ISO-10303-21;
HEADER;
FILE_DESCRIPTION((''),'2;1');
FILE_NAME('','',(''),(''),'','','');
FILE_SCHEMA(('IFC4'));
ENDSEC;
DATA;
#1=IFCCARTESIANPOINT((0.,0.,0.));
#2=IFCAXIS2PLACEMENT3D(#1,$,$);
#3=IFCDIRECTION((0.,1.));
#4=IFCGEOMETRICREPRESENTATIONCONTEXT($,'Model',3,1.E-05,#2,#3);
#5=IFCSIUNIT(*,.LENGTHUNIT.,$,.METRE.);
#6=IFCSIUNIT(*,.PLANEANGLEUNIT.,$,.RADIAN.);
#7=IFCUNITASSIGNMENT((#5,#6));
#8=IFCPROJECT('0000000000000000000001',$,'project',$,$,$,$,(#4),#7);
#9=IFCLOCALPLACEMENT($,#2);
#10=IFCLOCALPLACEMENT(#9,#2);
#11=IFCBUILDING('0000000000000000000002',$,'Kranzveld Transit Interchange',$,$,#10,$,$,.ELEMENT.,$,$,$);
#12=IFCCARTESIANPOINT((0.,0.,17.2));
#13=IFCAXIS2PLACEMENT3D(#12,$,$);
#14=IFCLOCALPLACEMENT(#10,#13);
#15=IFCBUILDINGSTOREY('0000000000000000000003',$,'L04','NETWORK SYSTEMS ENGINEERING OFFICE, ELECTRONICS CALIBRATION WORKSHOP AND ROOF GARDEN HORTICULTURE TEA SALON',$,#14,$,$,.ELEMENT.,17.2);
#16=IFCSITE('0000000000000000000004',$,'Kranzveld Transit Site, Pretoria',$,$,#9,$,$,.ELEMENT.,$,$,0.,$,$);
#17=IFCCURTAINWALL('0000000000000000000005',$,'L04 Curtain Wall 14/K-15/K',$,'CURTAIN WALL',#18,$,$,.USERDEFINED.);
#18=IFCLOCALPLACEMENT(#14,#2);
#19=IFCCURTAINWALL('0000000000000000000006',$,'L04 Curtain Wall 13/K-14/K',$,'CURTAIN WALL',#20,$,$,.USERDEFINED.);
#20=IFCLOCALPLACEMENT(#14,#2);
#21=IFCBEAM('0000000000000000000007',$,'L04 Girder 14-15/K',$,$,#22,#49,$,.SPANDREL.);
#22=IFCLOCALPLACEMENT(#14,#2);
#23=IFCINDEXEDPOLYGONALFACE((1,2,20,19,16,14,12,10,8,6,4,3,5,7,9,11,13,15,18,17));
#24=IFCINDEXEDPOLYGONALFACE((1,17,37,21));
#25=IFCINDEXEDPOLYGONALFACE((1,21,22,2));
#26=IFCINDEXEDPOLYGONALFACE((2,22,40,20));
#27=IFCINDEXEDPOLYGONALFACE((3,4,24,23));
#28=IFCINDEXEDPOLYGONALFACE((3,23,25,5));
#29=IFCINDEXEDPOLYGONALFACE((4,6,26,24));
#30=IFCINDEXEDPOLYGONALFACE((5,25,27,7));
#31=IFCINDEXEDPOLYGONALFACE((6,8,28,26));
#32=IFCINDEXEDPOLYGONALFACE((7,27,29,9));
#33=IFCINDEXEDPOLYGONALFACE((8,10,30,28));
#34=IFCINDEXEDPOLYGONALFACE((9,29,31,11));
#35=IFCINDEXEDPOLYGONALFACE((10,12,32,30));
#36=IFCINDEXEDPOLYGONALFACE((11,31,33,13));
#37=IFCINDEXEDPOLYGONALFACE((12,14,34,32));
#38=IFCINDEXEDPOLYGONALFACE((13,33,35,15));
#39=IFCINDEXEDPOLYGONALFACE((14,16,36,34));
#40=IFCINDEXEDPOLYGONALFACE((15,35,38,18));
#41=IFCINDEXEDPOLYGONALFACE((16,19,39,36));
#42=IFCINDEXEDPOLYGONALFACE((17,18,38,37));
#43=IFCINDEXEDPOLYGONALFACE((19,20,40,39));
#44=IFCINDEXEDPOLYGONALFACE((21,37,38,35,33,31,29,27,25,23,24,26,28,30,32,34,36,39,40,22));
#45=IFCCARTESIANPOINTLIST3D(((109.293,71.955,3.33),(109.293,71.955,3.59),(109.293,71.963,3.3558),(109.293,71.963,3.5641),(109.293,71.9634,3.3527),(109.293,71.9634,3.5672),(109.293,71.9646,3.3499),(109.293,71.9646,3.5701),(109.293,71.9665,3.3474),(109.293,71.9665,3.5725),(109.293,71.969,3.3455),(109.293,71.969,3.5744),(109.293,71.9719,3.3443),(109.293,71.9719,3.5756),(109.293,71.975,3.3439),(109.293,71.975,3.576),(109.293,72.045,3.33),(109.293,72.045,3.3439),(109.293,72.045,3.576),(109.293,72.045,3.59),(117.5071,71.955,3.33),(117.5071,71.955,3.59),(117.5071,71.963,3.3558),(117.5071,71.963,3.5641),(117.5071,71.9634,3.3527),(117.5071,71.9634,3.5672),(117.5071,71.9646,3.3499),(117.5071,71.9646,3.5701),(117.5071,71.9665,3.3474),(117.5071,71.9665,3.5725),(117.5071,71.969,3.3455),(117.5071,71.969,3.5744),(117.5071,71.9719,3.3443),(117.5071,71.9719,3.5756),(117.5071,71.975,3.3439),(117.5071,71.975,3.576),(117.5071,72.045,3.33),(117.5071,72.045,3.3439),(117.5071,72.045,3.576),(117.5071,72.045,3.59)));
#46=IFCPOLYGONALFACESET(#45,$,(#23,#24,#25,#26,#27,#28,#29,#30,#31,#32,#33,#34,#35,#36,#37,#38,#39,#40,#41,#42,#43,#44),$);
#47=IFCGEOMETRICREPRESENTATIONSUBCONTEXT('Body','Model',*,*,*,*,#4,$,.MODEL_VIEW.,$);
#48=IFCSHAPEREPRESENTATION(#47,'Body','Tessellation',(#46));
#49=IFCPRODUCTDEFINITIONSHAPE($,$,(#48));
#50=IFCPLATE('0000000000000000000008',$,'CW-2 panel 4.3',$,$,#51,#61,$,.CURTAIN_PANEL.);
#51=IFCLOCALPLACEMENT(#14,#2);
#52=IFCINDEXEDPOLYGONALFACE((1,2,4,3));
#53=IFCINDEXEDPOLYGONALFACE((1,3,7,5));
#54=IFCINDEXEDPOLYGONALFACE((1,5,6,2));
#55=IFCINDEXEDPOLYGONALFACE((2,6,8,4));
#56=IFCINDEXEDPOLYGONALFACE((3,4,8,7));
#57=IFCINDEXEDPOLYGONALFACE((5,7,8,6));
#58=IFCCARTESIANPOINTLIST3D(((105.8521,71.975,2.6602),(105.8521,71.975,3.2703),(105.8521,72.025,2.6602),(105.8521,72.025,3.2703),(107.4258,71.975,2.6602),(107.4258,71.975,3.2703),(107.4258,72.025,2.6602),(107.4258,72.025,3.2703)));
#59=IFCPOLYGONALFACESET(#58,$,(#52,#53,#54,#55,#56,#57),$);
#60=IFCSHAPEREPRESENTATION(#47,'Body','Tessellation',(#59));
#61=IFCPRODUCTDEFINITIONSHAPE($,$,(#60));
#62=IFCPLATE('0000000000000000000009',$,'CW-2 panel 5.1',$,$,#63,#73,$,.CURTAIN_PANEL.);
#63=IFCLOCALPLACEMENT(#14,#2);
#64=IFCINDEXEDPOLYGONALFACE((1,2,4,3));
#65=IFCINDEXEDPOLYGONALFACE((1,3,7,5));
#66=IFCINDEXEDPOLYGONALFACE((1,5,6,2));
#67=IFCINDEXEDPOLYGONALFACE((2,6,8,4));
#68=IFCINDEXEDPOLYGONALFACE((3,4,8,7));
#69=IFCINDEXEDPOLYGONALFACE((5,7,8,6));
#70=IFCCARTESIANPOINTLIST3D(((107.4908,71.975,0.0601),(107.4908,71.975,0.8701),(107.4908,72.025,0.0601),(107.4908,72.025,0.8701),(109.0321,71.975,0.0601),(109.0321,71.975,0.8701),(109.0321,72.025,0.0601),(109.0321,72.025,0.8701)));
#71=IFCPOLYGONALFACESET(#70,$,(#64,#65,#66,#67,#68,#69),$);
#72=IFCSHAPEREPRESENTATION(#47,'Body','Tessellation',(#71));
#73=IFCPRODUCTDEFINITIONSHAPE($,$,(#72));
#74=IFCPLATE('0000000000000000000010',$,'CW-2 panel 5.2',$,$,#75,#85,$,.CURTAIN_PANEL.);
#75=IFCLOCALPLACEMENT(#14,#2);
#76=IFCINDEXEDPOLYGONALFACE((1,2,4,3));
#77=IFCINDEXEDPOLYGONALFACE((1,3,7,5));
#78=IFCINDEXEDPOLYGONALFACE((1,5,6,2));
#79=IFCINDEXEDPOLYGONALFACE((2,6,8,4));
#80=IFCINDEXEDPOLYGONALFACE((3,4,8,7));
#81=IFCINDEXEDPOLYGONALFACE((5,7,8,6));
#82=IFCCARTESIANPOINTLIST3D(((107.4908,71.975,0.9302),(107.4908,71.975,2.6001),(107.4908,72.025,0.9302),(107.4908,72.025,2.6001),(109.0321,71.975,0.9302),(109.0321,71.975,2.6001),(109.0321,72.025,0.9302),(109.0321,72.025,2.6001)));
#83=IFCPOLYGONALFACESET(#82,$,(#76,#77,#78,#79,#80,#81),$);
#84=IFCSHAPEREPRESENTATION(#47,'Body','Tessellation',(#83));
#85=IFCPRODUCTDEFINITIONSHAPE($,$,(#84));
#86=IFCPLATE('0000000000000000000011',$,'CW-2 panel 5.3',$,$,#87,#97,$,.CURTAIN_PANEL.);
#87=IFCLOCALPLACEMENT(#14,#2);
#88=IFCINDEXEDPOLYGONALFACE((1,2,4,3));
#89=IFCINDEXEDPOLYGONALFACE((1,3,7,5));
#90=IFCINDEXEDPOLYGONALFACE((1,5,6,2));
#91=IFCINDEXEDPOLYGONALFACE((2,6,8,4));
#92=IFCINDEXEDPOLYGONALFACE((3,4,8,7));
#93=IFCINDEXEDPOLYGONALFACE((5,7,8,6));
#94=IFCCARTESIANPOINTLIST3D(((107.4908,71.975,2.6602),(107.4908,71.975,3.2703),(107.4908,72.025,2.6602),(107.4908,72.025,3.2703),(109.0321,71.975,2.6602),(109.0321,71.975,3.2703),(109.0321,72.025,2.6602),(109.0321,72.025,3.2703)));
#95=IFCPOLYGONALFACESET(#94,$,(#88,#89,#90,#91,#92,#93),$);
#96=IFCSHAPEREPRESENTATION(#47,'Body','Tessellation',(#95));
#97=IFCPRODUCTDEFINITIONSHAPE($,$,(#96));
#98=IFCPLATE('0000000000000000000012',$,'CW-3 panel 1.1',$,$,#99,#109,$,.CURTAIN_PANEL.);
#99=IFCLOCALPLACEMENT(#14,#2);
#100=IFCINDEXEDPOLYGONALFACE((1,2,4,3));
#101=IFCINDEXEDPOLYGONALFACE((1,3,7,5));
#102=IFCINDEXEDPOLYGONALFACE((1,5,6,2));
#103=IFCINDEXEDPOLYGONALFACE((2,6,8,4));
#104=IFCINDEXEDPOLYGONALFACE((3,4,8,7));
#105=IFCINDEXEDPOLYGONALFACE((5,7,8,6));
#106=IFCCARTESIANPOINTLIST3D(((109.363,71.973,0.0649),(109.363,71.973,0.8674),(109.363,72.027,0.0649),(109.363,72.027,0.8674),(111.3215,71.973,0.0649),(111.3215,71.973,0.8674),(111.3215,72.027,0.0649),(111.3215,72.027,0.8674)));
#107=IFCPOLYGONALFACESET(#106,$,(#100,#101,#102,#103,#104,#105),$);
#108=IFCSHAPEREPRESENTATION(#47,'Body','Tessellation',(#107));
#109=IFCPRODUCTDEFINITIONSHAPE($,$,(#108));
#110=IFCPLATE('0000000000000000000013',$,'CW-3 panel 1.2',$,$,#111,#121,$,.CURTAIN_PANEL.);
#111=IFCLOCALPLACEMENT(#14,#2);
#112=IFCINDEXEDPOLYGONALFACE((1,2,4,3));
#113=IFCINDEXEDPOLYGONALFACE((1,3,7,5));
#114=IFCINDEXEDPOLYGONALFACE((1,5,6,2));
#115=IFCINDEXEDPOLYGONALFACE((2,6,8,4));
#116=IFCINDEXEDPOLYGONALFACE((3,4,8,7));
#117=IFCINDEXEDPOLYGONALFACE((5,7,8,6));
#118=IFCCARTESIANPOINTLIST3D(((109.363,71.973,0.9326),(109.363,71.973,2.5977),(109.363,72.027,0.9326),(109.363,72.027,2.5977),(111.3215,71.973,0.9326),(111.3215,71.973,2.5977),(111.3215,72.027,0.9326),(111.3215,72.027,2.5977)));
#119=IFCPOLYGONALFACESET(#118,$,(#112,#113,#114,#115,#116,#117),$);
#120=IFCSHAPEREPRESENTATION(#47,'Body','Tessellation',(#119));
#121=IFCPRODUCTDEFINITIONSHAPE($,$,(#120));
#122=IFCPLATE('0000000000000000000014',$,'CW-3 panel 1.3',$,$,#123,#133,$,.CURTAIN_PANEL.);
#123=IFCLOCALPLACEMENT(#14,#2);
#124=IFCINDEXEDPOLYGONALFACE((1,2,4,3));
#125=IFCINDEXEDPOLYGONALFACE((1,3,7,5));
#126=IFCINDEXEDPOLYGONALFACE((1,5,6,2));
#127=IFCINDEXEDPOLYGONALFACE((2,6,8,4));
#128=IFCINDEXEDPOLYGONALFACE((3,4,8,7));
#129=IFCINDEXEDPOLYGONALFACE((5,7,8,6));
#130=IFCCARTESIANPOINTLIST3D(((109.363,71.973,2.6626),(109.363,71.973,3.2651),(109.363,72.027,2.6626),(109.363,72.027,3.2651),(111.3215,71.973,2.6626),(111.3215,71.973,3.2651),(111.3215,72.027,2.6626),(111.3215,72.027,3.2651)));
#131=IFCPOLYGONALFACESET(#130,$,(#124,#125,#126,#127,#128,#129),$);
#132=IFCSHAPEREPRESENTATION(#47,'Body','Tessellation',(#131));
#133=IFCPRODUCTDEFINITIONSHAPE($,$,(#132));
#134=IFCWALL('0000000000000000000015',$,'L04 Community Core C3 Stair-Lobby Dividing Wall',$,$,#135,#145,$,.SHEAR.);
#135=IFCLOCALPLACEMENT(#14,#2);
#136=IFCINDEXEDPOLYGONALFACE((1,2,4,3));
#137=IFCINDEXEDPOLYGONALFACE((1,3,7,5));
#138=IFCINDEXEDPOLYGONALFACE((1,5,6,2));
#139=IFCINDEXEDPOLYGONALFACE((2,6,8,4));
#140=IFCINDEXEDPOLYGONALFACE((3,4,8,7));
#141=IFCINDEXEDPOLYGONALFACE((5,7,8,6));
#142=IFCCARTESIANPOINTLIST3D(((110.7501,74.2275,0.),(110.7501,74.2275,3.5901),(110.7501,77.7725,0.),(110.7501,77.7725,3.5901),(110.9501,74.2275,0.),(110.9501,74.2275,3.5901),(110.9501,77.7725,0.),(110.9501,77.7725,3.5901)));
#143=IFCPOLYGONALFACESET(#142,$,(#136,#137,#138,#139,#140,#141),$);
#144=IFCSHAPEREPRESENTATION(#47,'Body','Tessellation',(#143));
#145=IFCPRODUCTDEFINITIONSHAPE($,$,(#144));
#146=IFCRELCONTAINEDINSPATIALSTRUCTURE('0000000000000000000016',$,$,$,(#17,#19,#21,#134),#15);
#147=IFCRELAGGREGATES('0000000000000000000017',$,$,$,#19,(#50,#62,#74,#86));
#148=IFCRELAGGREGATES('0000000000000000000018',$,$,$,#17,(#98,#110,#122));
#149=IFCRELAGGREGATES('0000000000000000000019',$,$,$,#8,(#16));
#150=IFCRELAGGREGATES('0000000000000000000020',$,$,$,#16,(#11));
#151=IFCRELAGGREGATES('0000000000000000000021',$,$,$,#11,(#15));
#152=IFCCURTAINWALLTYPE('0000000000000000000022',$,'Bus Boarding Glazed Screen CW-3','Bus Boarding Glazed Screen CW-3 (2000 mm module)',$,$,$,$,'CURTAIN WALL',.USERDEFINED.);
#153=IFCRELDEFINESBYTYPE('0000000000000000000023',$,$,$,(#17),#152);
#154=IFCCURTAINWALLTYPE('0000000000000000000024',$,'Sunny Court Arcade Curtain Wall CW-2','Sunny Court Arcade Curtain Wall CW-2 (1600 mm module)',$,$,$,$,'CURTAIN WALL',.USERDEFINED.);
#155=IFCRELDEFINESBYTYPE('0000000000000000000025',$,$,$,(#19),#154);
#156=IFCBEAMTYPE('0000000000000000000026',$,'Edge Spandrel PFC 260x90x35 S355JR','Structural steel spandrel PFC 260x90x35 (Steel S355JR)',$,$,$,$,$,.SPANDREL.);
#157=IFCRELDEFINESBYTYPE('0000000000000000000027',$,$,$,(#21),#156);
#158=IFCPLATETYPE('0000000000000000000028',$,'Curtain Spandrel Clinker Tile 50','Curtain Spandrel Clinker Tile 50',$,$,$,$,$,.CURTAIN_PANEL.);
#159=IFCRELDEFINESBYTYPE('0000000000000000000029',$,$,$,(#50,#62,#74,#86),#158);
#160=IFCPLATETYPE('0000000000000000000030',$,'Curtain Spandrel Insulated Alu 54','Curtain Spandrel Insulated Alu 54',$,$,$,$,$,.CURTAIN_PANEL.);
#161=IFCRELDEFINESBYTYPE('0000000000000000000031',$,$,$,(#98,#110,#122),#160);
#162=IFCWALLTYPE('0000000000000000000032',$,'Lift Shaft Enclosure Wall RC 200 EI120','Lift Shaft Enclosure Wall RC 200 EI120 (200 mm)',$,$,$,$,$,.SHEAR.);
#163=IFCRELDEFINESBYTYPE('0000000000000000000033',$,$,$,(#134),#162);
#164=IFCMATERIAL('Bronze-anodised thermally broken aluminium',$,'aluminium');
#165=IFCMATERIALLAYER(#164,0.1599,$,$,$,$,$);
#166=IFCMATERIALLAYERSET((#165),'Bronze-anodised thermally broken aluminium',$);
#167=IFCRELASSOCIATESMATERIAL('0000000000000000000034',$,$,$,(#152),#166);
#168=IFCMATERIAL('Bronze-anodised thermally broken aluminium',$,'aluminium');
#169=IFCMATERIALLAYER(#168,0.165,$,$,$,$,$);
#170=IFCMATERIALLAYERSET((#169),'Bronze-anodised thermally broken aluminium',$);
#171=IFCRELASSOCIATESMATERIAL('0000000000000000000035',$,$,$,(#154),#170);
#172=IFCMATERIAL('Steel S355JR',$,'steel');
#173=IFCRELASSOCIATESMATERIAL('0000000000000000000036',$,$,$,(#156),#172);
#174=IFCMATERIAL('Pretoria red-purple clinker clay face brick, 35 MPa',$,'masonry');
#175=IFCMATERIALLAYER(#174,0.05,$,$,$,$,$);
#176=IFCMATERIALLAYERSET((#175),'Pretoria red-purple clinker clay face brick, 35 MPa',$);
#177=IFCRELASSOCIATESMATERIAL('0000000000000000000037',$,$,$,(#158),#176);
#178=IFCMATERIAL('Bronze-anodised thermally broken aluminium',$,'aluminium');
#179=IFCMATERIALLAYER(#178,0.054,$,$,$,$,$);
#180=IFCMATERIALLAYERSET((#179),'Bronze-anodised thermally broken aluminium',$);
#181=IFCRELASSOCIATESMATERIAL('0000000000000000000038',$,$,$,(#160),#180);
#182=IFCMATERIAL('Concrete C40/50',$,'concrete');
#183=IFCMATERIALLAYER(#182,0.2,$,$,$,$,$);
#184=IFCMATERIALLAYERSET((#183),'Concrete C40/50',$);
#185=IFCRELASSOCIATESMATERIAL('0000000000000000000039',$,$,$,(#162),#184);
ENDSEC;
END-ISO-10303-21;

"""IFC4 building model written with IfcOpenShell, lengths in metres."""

from ifc_helpers import new_model, si_unit, direction, frame, frame_2d, origin, origin_2d, place, context, subcontext, project, spatial, rectangle, u_section, extrude, material, layer, layer_set, material_profile, profile_set, type_object, element, aggregate, save


model = new_model("IFC4")

# Units and contexts
model_context = context("Model", 3, precision=1e-05, world=origin(), true_north=direction((0.0, 1.0)))
body_context = subcontext(model_context, "Body", "Model", "MODEL_VIEW")
ifc_project = project(units=[si_unit("LENGTHUNIT", "METRE"), si_unit("PLANEANGLEUNIT", "RADIAN")], contexts=[model_context])

# Site, building, storey
site_placement = place(None, origin())
site = spatial("IfcSite", under=ifc_project, at=site_placement, Name="Kranzveld Transit Site, Pretoria", CompositionType="ELEMENT", RefElevation=0.0)
building_placement = place(site_placement, origin())
building = spatial("IfcBuilding", under=site, at=building_placement, Name="Kranzveld Transit Interchange", CompositionType="ELEMENT")
storey_placement = place(building_placement, frame((0.0, 0.0, 17.2)))
storey = spatial("IfcBuildingStorey", under=building, at=storey_placement, Name="L04", Description="NETWORK SYSTEMS ENGINEERING OFFICE, ELECTRONICS CALIBRATION WORKSHOP AND ROOF GARDEN HORTICULTURE TEA SALON", CompositionType="ELEMENT", Elevation=17.2)

# Curtain walls
ifc_material_1 = material(Name="Bronze-anodised thermally broken aluminium", Category="aluminium")
ifc_layer_1 = layer(ifc_material_1, 0.1599)
ifc_layer_set_1 = layer_set([ifc_layer_1], Name="Bronze-anodised thermally broken aluminium")
curtain_wall_type_1 = type_object("IfcCurtainWallType", Name="Bus Boarding Glazed Screen CW-3", Description="Bus Boarding Glazed Screen CW-3 (2000 mm module)", ElementType="CURTAIN WALL", PredefinedType="USERDEFINED", material=ifc_layer_set_1)
curtain_wall_1_placement = place(storey_placement, origin())
curtain_wall_1 = element("IfcCurtainWall", 1, at=curtain_wall_1_placement, inside=storey, type_object=curtain_wall_type_1, Name="L04 Curtain Wall 14/K-15/K", ObjectType="CURTAIN WALL", PredefinedType="USERDEFINED")
ifc_material_2 = material(Name="Bronze-anodised thermally broken aluminium", Category="aluminium")
ifc_layer_2 = layer(ifc_material_2, 0.165)
ifc_layer_set_2 = layer_set([ifc_layer_2], Name="Bronze-anodised thermally broken aluminium")
curtain_wall_type_2 = type_object("IfcCurtainWallType", Name="Sunny Court Arcade Curtain Wall CW-2", Description="Sunny Court Arcade Curtain Wall CW-2 (1600 mm module)", ElementType="CURTAIN WALL", PredefinedType="USERDEFINED", material=ifc_layer_set_2)
curtain_wall_2_placement = place(storey_placement, origin())
curtain_wall_2 = element("IfcCurtainWall", 2, at=curtain_wall_2_placement, inside=storey, type_object=curtain_wall_type_2, Name="L04 Curtain Wall 13/K-14/K", ObjectType="CURTAIN WALL", PredefinedType="USERDEFINED")

# Beam
ifc_material_3 = material(Name="Steel S355JR", Category="steel")
ifc_material_profile_1 = material_profile(ifc_material_3, u_section(Depth=0.26, FlangeWidth=0.0901, WebThickness=0.0081, FlangeThickness=0.0139, FilletRadius=0.012, at=origin_2d()), Name="PFC 260x90x35")
ifc_profile_set_1 = profile_set([ifc_material_profile_1], Name="Steel S355JR")
beam_type_1 = type_object("IfcBeamType", Name="Edge Spandrel PFC 260x90x35 S355JR", Description="Structural steel spandrel PFC 260x90x35 (Steel S355JR)", PredefinedType="SPANDREL", material=ifc_profile_set_1)
beam_1_placement = place(storey_placement, frame((109.293, 72.0, 3.46), z_axis=(1.0, 0.0, 0.0), x_axis=(0.0, 1.0, 0.0)))
element("IfcBeam", 3, at=beam_1_placement, inside=storey, type_object=beam_type_1, Name="L04 Girder 14-15/K", PredefinedType="SPANDREL", context=body_context, shape_type="SweptSolid", body=[
    extrude(u_section(Depth=0.26, FlangeWidth=0.0901, WebThickness=0.0081, FlangeThickness=0.0139, FilletRadius=0.012, at=origin_2d()), origin(), (0.0, 0.0, 1.0), 8.2141),
])

# Plates
ifc_material_4 = material(Name="Pretoria red-purple clinker clay face brick, 35 MPa", Category="masonry")
ifc_layer_3 = layer(ifc_material_4, 0.05)
ifc_layer_set_3 = layer_set([ifc_layer_3], Name="Pretoria red-purple clinker clay face brick, 35 MPa")
plate_type_1 = type_object("IfcPlateType", Name="Curtain Spandrel Clinker Tile 50", Description="Curtain Spandrel Clinker Tile 50", PredefinedType="CURTAIN_PANEL", material=ifc_layer_set_3)
plate_1_placement = place(storey_placement, frame((106.6389, 72.0, 2.6602), z_axis=(0.0, 0.0, 1.0), x_axis=(1.0, 0.0, 0.0)))
plate_1 = element("IfcPlate", 4, at=plate_1_placement, type_object=plate_type_1, Name="CW-2 panel 4.3", PredefinedType="CURTAIN_PANEL", context=body_context, shape_type="SweptSolid", body=[
    extrude(rectangle(XDim=1.5737, YDim=0.05, at=origin_2d()), origin(), (0.0, 0.0, 1.0), 0.6101),
])
plate_2_placement = place(storey_placement, frame((108.2615, 72.0, 0.0601), z_axis=(0.0, 0.0, 1.0), x_axis=(1.0, 0.0, 0.0)))
plate_2 = element("IfcPlate", 5, at=plate_2_placement, type_object=plate_type_1, Name="CW-2 panel 5.1", PredefinedType="CURTAIN_PANEL", context=body_context, shape_type="SweptSolid", body=[
    extrude(rectangle(XDim=1.5413, YDim=0.05, at=origin_2d()), origin(), (0.0, 0.0, 1.0), 0.8101),
])
plate_3_placement = place(storey_placement, frame((108.2615, 72.0, 0.9302), z_axis=(0.0, 0.0, 1.0), x_axis=(1.0, 0.0, 0.0)))
plate_3 = element("IfcPlate", 6, at=plate_3_placement, type_object=plate_type_1, Name="CW-2 panel 5.2", PredefinedType="CURTAIN_PANEL", context=body_context, shape_type="SweptSolid", body=[
    extrude(rectangle(XDim=1.5413, YDim=0.05, at=origin_2d()), origin(), (0.0, 0.0, 1.0), 1.6699),
])
plate_4_placement = place(storey_placement, frame((108.2615, 72.0, 2.6602), z_axis=(0.0, 0.0, 1.0), x_axis=(1.0, 0.0, 0.0)))
plate_4 = element("IfcPlate", 7, at=plate_4_placement, type_object=plate_type_1, Name="CW-2 panel 5.3", PredefinedType="CURTAIN_PANEL", context=body_context, shape_type="SweptSolid", body=[
    extrude(rectangle(XDim=1.5413, YDim=0.05, at=origin_2d()), origin(), (0.0, 0.0, 1.0), 0.6101),
])
aggregate(curtain_wall_2, [plate_1, plate_2, plate_3, plate_4])
ifc_material_5 = material(Name="Bronze-anodised thermally broken aluminium", Category="aluminium")
ifc_layer_4 = layer(ifc_material_5, 0.054)
ifc_layer_set_4 = layer_set([ifc_layer_4], Name="Bronze-anodised thermally broken aluminium")
plate_type_2 = type_object("IfcPlateType", Name="Curtain Spandrel Insulated Alu 54", Description="Curtain Spandrel Insulated Alu 54", PredefinedType="CURTAIN_PANEL", material=ifc_layer_set_4)
plate_5_placement = place(storey_placement, frame((110.3423, 72.0, 0.0649), z_axis=(0.0, 0.0, 1.0), x_axis=(1.0, 0.0, 0.0)))
plate_5 = element("IfcPlate", 8, at=plate_5_placement, type_object=plate_type_2, Name="CW-3 panel 1.1", PredefinedType="CURTAIN_PANEL", context=body_context, shape_type="SweptSolid", body=[
    extrude(rectangle(XDim=1.9585, YDim=0.054, at=origin_2d()), origin(), (0.0, 0.0, 1.0), 0.8025),
])
plate_6_placement = place(storey_placement, frame((110.3423, 72.0, 0.9326), z_axis=(0.0, 0.0, 1.0), x_axis=(1.0, 0.0, 0.0)))
plate_6 = element("IfcPlate", 9, at=plate_6_placement, type_object=plate_type_2, Name="CW-3 panel 1.2", PredefinedType="CURTAIN_PANEL", context=body_context, shape_type="SweptSolid", body=[
    extrude(rectangle(XDim=1.9585, YDim=0.054, at=origin_2d()), origin(), (0.0, 0.0, 1.0), 1.665),
])
plate_7_placement = place(storey_placement, frame((110.3423, 72.0, 2.6626), z_axis=(0.0, 0.0, 1.0), x_axis=(1.0, 0.0, 0.0)))
plate_7 = element("IfcPlate", 10, at=plate_7_placement, type_object=plate_type_2, Name="CW-3 panel 1.3", PredefinedType="CURTAIN_PANEL", context=body_context, shape_type="SweptSolid", body=[
    extrude(rectangle(XDim=1.9585, YDim=0.054, at=origin_2d()), origin(), (0.0, 0.0, 1.0), 0.6025),
])
aggregate(curtain_wall_1, [plate_5, plate_6, plate_7])

# Wall
ifc_material_6 = material(Name="Concrete C40/50", Category="concrete")
ifc_layer_5 = layer(ifc_material_6, 0.2)
ifc_layer_set_5 = layer_set([ifc_layer_5], Name="Concrete C40/50")
wall_type = type_object("IfcWallType", Name="Lift Shaft Enclosure Wall RC 200 EI120", Description="Lift Shaft Enclosure Wall RC 200 EI120 (200 mm)", PredefinedType="SHEAR", material=ifc_layer_set_5)
wall_placement = place(storey_placement, frame((110.8501, 74.2275, 0.0), z_axis=(0.0, 0.0, 1.0), x_axis=(0.0, 1.0, 0.0)))
element("IfcWall", 11, at=wall_placement, inside=storey, type_object=wall_type, Name="L04 Community Core C3 Stair-Lobby Dividing Wall", PredefinedType="SHEAR", context=body_context, shape_type="SweptSolid", body=[
    extrude(rectangle(XDim=3.5449, YDim=0.2, at=frame_2d((1.7725, 0.0))), origin(), (0.0, 0.0, 1.0), 3.5901),
])

save(model, "model.ifc")
